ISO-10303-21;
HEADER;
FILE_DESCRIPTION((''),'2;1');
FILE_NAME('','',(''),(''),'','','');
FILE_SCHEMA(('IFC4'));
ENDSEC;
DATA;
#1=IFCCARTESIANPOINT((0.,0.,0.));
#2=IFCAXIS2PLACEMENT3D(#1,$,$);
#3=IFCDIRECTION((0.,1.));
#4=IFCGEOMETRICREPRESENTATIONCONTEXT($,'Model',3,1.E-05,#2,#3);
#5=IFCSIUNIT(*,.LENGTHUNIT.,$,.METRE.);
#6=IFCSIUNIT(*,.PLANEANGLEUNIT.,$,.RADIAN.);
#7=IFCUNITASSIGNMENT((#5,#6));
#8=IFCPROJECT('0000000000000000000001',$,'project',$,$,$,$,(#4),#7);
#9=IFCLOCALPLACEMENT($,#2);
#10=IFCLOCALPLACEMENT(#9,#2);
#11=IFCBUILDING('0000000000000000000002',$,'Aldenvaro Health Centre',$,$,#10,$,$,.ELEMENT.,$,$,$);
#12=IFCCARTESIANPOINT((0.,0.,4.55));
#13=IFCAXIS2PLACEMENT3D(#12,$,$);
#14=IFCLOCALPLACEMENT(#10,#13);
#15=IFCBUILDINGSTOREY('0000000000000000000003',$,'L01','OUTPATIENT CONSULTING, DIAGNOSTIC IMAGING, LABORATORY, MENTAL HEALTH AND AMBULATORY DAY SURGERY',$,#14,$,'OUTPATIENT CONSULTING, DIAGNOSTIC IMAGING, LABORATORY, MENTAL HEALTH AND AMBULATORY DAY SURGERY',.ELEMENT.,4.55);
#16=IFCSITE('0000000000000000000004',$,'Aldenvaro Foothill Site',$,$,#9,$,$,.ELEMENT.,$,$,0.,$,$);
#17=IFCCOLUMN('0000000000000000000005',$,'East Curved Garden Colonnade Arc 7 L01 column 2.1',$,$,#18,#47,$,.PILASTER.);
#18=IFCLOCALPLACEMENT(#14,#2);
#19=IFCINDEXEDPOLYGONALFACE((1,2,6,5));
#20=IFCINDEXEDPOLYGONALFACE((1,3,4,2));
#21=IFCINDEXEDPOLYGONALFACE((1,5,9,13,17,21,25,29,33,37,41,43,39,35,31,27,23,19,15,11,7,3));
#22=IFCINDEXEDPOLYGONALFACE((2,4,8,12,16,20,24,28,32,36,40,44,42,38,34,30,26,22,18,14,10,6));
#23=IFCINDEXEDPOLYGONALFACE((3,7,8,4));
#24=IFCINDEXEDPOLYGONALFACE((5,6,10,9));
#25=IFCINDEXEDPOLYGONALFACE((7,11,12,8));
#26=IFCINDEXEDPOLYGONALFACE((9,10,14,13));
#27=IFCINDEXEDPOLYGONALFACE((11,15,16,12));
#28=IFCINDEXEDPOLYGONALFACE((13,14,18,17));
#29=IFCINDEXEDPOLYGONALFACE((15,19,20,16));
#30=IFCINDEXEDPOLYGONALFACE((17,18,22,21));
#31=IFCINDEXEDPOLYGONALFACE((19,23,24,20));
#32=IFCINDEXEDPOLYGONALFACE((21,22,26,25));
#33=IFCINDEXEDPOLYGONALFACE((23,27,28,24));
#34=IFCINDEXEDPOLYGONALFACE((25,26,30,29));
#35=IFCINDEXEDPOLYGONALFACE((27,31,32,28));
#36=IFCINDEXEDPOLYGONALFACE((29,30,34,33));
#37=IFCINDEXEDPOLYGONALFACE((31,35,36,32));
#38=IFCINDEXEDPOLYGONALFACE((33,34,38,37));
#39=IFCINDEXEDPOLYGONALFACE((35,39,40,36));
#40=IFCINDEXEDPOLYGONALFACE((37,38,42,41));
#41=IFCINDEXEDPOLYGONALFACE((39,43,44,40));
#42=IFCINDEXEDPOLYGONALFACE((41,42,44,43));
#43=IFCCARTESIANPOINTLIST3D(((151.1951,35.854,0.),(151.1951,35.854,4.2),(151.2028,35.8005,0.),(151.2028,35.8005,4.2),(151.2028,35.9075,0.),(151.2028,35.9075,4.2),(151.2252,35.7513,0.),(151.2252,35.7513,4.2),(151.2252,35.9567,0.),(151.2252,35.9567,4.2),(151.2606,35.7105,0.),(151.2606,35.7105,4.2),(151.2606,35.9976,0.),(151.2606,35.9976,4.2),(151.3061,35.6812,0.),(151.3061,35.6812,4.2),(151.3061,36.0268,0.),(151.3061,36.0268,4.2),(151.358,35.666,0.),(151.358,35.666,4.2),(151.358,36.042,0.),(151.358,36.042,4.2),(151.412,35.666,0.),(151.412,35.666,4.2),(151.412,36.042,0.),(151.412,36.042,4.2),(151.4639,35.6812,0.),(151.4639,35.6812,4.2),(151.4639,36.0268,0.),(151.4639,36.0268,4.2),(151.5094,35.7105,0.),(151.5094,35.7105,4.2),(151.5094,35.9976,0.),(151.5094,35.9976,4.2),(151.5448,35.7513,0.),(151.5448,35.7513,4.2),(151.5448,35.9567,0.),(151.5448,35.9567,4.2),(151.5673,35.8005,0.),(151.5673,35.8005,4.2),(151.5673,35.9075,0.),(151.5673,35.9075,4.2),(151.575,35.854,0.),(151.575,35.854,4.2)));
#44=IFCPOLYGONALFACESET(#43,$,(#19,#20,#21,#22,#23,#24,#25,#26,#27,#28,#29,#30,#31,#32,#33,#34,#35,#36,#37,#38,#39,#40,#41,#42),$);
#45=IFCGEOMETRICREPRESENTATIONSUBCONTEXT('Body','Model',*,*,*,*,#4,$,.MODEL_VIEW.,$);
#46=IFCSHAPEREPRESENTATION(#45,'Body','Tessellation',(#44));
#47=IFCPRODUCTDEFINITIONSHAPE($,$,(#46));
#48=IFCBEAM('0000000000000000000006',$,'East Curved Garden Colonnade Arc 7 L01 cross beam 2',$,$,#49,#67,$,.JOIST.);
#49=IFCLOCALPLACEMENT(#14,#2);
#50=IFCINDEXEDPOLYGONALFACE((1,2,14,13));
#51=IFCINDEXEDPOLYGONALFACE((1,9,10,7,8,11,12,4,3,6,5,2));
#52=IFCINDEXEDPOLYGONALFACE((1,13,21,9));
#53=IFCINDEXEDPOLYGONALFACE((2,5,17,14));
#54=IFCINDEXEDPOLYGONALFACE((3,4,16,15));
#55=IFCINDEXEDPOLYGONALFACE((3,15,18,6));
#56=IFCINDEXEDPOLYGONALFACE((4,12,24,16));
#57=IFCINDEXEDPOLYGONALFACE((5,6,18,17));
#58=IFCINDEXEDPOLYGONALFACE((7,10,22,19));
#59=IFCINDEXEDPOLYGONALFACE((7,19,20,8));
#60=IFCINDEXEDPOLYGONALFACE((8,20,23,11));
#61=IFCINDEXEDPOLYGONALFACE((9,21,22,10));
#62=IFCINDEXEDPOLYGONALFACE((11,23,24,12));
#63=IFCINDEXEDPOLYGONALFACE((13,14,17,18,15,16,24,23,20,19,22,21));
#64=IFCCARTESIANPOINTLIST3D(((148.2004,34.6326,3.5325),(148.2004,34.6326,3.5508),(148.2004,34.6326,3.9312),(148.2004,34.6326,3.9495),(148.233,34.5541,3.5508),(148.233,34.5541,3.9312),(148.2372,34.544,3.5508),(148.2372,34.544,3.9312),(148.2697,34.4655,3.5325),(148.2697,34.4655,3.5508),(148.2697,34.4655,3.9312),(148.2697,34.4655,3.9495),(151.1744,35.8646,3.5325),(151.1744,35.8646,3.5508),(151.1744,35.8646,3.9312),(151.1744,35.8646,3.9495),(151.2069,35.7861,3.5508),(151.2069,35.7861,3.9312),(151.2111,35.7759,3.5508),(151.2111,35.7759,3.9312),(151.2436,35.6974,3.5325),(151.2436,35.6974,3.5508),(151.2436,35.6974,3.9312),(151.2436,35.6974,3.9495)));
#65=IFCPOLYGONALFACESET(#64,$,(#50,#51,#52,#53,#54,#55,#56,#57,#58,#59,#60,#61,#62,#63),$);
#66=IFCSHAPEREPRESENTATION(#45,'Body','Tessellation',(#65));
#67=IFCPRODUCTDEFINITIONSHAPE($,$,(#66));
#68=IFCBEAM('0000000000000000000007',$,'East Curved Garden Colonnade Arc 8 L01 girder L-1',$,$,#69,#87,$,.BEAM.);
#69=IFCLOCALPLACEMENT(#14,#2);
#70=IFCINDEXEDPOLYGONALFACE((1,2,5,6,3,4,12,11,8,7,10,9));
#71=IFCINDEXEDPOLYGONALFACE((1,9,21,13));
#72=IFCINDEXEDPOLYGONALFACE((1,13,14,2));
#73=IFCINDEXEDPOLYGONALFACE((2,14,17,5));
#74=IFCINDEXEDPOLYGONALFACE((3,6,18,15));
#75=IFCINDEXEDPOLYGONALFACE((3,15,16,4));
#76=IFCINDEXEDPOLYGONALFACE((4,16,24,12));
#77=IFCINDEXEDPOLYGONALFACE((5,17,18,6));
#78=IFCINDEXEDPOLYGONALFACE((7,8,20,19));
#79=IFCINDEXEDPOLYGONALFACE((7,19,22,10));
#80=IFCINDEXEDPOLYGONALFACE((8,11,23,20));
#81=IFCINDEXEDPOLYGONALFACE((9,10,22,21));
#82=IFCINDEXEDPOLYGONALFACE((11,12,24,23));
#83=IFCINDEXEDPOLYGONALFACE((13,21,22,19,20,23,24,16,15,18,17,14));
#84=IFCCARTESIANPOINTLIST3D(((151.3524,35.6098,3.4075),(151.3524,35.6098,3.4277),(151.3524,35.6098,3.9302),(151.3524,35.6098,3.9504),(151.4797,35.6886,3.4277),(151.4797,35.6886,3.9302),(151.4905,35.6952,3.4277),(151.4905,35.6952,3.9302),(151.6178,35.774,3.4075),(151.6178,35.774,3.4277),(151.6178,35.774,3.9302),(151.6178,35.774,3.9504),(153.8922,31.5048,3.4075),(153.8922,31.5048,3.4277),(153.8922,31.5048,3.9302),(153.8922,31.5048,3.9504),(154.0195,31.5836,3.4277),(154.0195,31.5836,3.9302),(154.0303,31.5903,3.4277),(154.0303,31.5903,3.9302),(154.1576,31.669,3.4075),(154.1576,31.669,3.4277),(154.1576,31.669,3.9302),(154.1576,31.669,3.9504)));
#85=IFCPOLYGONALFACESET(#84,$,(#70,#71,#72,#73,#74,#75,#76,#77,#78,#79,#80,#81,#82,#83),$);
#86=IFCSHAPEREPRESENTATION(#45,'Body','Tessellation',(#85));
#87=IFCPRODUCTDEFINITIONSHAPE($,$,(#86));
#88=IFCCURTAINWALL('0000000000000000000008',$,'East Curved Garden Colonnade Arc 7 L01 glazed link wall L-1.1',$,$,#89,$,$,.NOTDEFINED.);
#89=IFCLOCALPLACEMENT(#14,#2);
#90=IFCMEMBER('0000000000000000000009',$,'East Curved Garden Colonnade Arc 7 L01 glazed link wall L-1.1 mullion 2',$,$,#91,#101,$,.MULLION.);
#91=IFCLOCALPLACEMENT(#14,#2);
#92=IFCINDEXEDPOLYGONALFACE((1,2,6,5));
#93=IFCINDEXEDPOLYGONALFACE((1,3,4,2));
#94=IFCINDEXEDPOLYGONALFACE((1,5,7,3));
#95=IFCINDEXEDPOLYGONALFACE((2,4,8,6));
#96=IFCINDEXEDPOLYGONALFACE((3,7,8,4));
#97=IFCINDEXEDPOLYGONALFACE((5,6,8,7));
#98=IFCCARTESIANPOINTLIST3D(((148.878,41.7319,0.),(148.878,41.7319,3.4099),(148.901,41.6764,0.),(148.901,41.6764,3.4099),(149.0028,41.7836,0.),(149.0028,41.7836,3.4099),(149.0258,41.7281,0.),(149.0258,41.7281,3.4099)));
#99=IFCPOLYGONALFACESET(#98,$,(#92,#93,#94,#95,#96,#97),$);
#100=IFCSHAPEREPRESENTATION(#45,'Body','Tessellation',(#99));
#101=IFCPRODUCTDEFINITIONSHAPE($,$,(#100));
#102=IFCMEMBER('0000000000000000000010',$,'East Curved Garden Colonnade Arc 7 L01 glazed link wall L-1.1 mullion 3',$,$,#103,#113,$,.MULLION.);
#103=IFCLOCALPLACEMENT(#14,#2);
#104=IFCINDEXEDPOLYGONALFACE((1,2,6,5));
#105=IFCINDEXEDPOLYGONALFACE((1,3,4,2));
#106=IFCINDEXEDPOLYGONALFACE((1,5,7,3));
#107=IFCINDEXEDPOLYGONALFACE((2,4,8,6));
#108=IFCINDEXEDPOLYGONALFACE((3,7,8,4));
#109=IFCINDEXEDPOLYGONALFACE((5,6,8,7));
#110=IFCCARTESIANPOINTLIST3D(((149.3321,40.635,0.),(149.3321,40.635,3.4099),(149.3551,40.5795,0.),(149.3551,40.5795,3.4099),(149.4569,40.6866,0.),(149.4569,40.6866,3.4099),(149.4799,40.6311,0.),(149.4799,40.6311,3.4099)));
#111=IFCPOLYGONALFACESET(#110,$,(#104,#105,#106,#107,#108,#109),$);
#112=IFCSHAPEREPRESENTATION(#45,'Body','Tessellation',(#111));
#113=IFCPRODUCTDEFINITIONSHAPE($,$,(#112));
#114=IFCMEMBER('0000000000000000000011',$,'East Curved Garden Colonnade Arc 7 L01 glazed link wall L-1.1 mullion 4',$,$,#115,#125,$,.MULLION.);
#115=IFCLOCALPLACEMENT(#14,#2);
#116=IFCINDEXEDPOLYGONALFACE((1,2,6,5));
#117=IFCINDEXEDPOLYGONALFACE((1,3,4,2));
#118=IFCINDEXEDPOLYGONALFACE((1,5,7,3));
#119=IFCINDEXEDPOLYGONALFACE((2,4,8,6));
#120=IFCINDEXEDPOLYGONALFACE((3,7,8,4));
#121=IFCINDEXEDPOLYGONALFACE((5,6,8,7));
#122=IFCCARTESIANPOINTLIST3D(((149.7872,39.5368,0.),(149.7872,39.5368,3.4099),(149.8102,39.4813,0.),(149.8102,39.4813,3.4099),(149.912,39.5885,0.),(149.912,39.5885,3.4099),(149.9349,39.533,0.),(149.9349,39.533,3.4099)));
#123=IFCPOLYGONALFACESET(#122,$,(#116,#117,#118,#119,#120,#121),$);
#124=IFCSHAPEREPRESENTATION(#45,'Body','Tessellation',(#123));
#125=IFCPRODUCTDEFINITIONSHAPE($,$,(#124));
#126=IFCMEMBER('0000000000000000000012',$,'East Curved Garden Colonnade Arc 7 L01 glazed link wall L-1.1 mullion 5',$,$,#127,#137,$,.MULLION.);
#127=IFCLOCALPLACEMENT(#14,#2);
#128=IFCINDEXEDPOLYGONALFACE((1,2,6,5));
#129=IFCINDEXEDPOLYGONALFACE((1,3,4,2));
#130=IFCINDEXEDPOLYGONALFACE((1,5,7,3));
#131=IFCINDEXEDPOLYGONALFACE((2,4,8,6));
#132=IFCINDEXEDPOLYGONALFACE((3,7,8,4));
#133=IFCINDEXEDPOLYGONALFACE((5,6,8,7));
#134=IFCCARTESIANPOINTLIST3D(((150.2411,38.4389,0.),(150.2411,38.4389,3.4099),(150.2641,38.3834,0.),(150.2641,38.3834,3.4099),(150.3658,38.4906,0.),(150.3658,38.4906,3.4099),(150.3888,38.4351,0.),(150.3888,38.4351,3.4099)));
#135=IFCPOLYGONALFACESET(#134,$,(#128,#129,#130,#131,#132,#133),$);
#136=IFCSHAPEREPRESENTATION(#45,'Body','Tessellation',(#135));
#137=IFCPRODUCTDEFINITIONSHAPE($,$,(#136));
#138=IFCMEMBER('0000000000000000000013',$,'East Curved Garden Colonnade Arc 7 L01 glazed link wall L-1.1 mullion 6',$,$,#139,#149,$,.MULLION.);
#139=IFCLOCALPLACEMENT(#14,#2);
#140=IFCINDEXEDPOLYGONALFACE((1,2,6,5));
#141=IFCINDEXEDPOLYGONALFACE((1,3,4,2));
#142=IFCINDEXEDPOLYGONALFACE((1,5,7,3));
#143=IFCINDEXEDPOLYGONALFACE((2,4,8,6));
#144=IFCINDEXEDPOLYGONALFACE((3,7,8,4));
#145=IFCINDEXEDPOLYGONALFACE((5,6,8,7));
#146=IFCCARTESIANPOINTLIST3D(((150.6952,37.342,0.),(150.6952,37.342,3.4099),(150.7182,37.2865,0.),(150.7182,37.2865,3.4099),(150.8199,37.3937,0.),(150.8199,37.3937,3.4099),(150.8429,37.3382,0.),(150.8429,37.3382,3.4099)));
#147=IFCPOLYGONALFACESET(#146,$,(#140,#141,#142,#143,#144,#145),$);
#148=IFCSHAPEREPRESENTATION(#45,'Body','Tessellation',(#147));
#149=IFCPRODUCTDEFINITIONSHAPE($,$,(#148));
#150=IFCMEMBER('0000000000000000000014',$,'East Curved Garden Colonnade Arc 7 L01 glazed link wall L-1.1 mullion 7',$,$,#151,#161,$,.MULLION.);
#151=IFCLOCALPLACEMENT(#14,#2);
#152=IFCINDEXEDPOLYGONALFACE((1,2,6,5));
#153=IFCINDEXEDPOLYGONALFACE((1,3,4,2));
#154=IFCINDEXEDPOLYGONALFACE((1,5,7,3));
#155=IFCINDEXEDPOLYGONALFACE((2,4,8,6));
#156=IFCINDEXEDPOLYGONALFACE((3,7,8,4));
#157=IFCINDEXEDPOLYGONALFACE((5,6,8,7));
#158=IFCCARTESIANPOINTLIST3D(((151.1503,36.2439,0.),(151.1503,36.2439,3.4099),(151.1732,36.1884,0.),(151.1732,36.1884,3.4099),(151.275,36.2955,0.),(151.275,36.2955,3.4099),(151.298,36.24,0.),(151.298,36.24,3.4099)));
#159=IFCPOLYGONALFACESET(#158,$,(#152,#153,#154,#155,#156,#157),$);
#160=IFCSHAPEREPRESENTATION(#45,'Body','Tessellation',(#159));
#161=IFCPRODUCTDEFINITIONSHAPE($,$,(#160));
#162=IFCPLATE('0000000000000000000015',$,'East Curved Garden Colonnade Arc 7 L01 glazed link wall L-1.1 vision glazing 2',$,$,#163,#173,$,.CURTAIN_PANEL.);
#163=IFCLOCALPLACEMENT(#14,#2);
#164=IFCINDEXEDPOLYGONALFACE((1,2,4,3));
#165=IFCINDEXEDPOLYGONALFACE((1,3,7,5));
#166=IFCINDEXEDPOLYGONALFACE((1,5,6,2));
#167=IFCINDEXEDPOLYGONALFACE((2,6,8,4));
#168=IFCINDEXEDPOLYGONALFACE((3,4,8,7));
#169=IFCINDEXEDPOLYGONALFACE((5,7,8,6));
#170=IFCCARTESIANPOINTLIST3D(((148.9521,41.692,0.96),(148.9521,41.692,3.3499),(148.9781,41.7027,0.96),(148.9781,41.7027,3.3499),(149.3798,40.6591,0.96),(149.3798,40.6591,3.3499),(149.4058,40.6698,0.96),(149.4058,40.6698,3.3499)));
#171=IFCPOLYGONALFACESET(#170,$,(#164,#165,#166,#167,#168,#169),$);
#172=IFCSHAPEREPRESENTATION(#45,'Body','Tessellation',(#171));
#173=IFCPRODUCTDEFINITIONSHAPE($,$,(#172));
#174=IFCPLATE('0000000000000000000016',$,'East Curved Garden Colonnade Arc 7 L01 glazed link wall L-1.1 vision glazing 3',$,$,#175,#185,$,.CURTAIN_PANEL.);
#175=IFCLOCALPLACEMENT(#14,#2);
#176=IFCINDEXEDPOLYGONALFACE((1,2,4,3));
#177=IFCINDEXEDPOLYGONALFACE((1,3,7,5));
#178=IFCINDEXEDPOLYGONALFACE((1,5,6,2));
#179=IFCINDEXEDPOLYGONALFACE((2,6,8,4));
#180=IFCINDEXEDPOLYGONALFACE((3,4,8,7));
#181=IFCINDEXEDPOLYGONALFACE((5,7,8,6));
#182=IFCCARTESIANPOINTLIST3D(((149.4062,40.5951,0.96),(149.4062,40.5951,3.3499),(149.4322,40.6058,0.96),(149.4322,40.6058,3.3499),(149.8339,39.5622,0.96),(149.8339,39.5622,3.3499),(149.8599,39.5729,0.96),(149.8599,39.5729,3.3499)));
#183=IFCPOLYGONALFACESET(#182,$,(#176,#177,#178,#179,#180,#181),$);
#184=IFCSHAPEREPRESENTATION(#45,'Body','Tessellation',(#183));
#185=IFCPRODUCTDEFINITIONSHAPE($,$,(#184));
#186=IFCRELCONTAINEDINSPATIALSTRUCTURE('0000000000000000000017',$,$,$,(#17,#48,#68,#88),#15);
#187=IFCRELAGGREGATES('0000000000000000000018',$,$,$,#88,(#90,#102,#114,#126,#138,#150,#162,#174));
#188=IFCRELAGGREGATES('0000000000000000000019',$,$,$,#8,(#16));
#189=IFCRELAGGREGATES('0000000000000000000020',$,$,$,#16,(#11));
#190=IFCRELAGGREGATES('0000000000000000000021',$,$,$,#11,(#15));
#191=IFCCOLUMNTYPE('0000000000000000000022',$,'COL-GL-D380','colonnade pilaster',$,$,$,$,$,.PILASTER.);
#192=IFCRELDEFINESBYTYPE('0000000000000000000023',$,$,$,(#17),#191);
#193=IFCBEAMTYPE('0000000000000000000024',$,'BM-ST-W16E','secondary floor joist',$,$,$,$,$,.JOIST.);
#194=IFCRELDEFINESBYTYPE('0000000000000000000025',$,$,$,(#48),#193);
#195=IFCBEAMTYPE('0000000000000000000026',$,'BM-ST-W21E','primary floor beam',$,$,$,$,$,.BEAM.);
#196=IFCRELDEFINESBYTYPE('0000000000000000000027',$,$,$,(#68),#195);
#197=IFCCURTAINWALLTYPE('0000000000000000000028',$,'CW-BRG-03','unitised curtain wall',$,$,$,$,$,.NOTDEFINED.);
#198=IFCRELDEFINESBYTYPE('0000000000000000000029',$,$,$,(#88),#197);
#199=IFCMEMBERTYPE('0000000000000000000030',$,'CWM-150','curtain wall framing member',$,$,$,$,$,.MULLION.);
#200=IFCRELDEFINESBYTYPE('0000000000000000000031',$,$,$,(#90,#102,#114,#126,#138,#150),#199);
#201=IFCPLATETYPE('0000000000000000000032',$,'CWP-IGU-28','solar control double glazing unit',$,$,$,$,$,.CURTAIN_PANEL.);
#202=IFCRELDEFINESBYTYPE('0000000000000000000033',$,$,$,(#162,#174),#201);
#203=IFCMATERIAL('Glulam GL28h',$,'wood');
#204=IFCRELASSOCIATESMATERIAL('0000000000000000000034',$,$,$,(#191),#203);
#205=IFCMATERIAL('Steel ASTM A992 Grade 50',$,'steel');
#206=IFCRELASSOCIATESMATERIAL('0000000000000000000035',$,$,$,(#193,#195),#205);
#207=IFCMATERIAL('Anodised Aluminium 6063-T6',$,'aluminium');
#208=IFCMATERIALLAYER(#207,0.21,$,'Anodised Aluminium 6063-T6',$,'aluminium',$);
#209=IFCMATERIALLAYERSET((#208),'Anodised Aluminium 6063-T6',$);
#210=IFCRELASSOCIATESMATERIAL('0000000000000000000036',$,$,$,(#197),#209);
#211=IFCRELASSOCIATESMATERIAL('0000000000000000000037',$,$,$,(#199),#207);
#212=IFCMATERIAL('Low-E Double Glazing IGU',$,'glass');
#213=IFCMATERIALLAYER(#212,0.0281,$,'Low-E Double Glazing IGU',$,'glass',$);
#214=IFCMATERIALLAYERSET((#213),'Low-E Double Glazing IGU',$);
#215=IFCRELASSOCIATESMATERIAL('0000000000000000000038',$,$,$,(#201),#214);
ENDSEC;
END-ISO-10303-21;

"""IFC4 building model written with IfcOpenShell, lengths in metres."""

from ifc_helpers import new_model, si_unit, direction, frame, origin, origin_2d, place, context, subcontext, project, spatial, rectangle, circle, i_section, extrude, material, layer, layer_set, material_profile, profile_set, type_object, element, aggregate, save


model = new_model("IFC4")

# Units and contexts
model_context = context("Model", 3, precision=1e-05, world=origin(), true_north=direction((0.0, 1.0)))
body_context = subcontext(model_context, "Body", "Model", "MODEL_VIEW")
ifc_project = project(units=[si_unit("LENGTHUNIT", "METRE"), si_unit("PLANEANGLEUNIT", "RADIAN")], contexts=[model_context])

# Site, building, storey
site_placement = place(None, origin())
site = spatial("IfcSite", under=ifc_project, at=site_placement, Name="Aldenvaro Foothill Site", CompositionType="ELEMENT", RefElevation=0.0)
building_placement = place(site_placement, origin())
building = spatial("IfcBuilding", under=site, at=building_placement, Name="Aldenvaro Health Centre", CompositionType="ELEMENT")
storey_placement = place(building_placement, frame((0.0, 0.0, 4.55)))
storey = spatial("IfcBuildingStorey", under=building, at=storey_placement, Name="L01", Description="OUTPATIENT CONSULTING, DIAGNOSTIC IMAGING, LABORATORY, MENTAL HEALTH AND AMBULATORY DAY SURGERY", LongName="OUTPATIENT CONSULTING, DIAGNOSTIC IMAGING, LABORATORY, MENTAL HEALTH AND AMBULATORY DAY SURGERY", CompositionType="ELEMENT", Elevation=4.55)

# Column
ifc_material_1 = material(Name="Glulam GL28h", Category="wood")
ifc_material_profile_1 = material_profile(ifc_material_1, circle(Radius=0.1899, at=origin_2d()), Name="GL D380", Category="wood")
ifc_profile_set_1 = profile_set([ifc_material_profile_1], Name="Glulam GL28h")
column_type = type_object("IfcColumnType", Name="COL-GL-D380", Description="colonnade pilaster", PredefinedType="PILASTER", material=ifc_profile_set_1)
column_placement = place(storey_placement, frame((151.385, 35.854, 0.0), z_axis=(0.0, 0.0, 1.0), x_axis=(1.0, 0.0, 0.0)))
element("IfcColumn", 1, at=column_placement, inside=storey, type_object=column_type, Name="East Curved Garden Colonnade Arc 7 L01 column 2.1", PredefinedType="PILASTER", context=body_context, shape_type="SweptSolid", body=[
    extrude(circle(Radius=0.1899, at=origin_2d()), origin(), (0.0, 0.0, 1.0), 4.2),
])

# Beams
ifc_material_2 = material(Name="Steel ASTM A992 Grade 50", Category="steel")
ifc_material_profile_2 = material_profile(ifc_material_2, i_section(OverallWidth=0.1809, OverallDepth=0.417, WebThickness=0.011, FlangeThickness=0.0183, at=origin_2d()), Name="W16X57", Category="steel")
ifc_profile_set_2 = profile_set([ifc_material_profile_2], Name="Steel ASTM A992 Grade 50")
beam_type_1 = type_object("IfcBeamType", Name="BM-ST-W16E", Description="secondary floor joist", PredefinedType="JOIST", material=ifc_profile_set_2)
beam_1_placement = place(storey_placement, frame((151.209, 35.781, 3.741), z_axis=(-0.923867, -0.382714, 0.0), x_axis=(0.382714, -0.923867, 0.0)))
element("IfcBeam", 2, at=beam_1_placement, inside=storey, type_object=beam_type_1, Name="East Curved Garden Colonnade Arc 7 L01 cross beam 2", PredefinedType="JOIST", context=body_context, shape_type="SweptSolid", body=[
    extrude(i_section(OverallWidth=0.1809, OverallDepth=0.417, WebThickness=0.011, FlangeThickness=0.0183, at=origin_2d()), origin(), (0.0, 0.0, 1.0), 3.219),
])
ifc_material_profile_3 = material_profile(ifc_material_2, i_section(OverallWidth=0.312, OverallDepth=0.543, WebThickness=0.0127, FlangeThickness=0.0203, at=origin_2d()), Name="W21X101", Category="steel")
ifc_profile_set_3 = profile_set([ifc_material_profile_3], Name="Steel ASTM A992 Grade 50")
beam_type_2 = type_object("IfcBeamType", Name="BM-ST-W21E", Description="primary floor beam", PredefinedType="BEAM", material=ifc_profile_set_3)
beam_2_placement = place(storey_placement, frame((151.4851, 35.6919, 3.679), z_axis=(0.526147, -0.850393, 0.0), x_axis=(0.850393, 0.526147, 0.0)))
element("IfcBeam", 3, at=beam_2_placement, inside=storey, type_object=beam_type_2, Name="East Curved Garden Colonnade Arc 8 L01 girder L-1", PredefinedType="BEAM", context=body_context, shape_type="SweptSolid", body=[
    extrude(i_section(OverallWidth=0.312, OverallDepth=0.543, WebThickness=0.0127, FlangeThickness=0.0203, at=origin_2d()), origin(), (0.0, 0.0, 1.0), 4.8271),
])

# Curtain wall, members, plates
ifc_material_3 = material(Name="Anodised Aluminium 6063-T6", Category="aluminium")
ifc_layer_1 = layer(ifc_material_3, 0.21, Name="Anodised Aluminium 6063-T6", Category="aluminium")
ifc_layer_set_1 = layer_set([ifc_layer_1], Name="Anodised Aluminium 6063-T6")
curtain_wall_type = type_object("IfcCurtainWallType", Name="CW-BRG-03", Description="unitised curtain wall", PredefinedType="NOTDEFINED", material=ifc_layer_set_1)
curtain_wall_placement = place(storey_placement, origin())
curtain_wall = element("IfcCurtainWall", 4, at=curtain_wall_placement, inside=storey, type_object=curtain_wall_type, Name="East Curved Garden Colonnade Arc 7 L01 glazed link wall L-1.1", PredefinedType="NOTDEFINED")
ifc_material_profile_4 = material_profile(ifc_material_3, rectangle(XDim=0.0601, YDim=0.135, at=origin_2d()), Name="ALU 60x135", Category="aluminium")
ifc_profile_set_4 = profile_set([ifc_material_profile_4], Name="Anodised Aluminium 6063-T6")
member_type = type_object("IfcMemberType", Name="CWM-150", Description="curtain wall framing member", PredefinedType="MULLION", material=ifc_profile_set_4)
member_1_placement = place(storey_placement, frame((148.9519, 41.73, 0.0), z_axis=(0.0, 0.0, 1.0), x_axis=(0.382562, -0.92393, 0.0)))
member_1 = element("IfcMember", 5, at=member_1_placement, type_object=member_type, Name="East Curved Garden Colonnade Arc 7 L01 glazed link wall L-1.1 mullion 2", PredefinedType="MULLION", context=body_context, shape_type="SweptSolid", body=[
    extrude(rectangle(XDim=0.0601, YDim=0.135, at=origin_2d()), origin(), (0.0, 0.0, 1.0), 3.4099),
])
member_2_placement = place(storey_placement, frame((149.406, 40.6331, 0.0), z_axis=(0.0, 0.0, 1.0), x_axis=(0.382562, -0.92393, 0.0)))
member_2 = element("IfcMember", 6, at=member_2_placement, type_object=member_type, Name="East Curved Garden Colonnade Arc 7 L01 glazed link wall L-1.1 mullion 3", PredefinedType="MULLION", context=body_context, shape_type="SweptSolid", body=[
    extrude(rectangle(XDim=0.0601, YDim=0.135, at=origin_2d()), origin(), (0.0, 0.0, 1.0), 3.4099),
])
member_3_placement = place(storey_placement, frame((149.8611, 39.5349, 0.0), z_axis=(0.0, 0.0, 1.0), x_axis=(0.382562, -0.92393, 0.0)))
member_3 = element("IfcMember", 7, at=member_3_placement, type_object=member_type, Name="East Curved Garden Colonnade Arc 7 L01 glazed link wall L-1.1 mullion 4", PredefinedType="MULLION", context=body_context, shape_type="SweptSolid", body=[
    extrude(rectangle(XDim=0.0601, YDim=0.135, at=origin_2d()), origin(), (0.0, 0.0, 1.0), 3.4099),
])
member_4_placement = place(storey_placement, frame((150.3149, 38.437, 0.0), z_axis=(0.0, 0.0, 1.0), x_axis=(0.382562, -0.92393, 0.0)))
member_4 = element("IfcMember", 8, at=member_4_placement, type_object=member_type, Name="East Curved Garden Colonnade Arc 7 L01 glazed link wall L-1.1 mullion 5", PredefinedType="MULLION", context=body_context, shape_type="SweptSolid", body=[
    extrude(rectangle(XDim=0.0601, YDim=0.135, at=origin_2d()), origin(), (0.0, 0.0, 1.0), 3.4099),
])
member_5_placement = place(storey_placement, frame((150.769, 37.3401, 0.0), z_axis=(0.0, 0.0, 1.0), x_axis=(0.382562, -0.92393, 0.0)))
member_5 = element("IfcMember", 9, at=member_5_placement, type_object=member_type, Name="East Curved Garden Colonnade Arc 7 L01 glazed link wall L-1.1 mullion 6", PredefinedType="MULLION", context=body_context, shape_type="SweptSolid", body=[
    extrude(rectangle(XDim=0.0601, YDim=0.135, at=origin_2d()), origin(), (0.0, 0.0, 1.0), 3.4099),
])
member_6_placement = place(storey_placement, frame((151.2241, 36.2419, 0.0), z_axis=(0.0, 0.0, 1.0), x_axis=(0.382562, -0.92393, 0.0)))
member_6 = element("IfcMember", 10, at=member_6_placement, type_object=member_type, Name="East Curved Garden Colonnade Arc 7 L01 glazed link wall L-1.1 mullion 7", PredefinedType="MULLION", context=body_context, shape_type="SweptSolid", body=[
    extrude(rectangle(XDim=0.0601, YDim=0.135, at=origin_2d()), origin(), (0.0, 0.0, 1.0), 3.4099),
])
ifc_material_4 = material(Name="Low-E Double Glazing IGU", Category="glass")
ifc_layer_2 = layer(ifc_material_4, 0.0281, Name="Low-E Double Glazing IGU", Category="glass")
ifc_layer_set_2 = layer_set([ifc_layer_2], Name="Low-E Double Glazing IGU")
plate_type_1 = type_object("IfcPlateType", Name="CWP-IGU-28", Description="solar control double glazing unit", PredefinedType="CURTAIN_PANEL", material=ifc_layer_set_2)
plate_1_placement = place(storey_placement, frame((149.179, 41.1809, 0.96), z_axis=(0.0, 0.0, 1.0), x_axis=(0.382562, -0.92393, 0.0)))
plate_1 = element("IfcPlate", 11, at=plate_1_placement, type_object=plate_type_1, Name="East Curved Garden Colonnade Arc 7 L01 glazed link wall L-1.1 vision glazing 2", PredefinedType="CURTAIN_PANEL", context=body_context, shape_type="SweptSolid", body=[
    extrude(rectangle(XDim=1.1179, YDim=0.0281, at=origin_2d()), origin(), (0.0, 0.0, 1.0), 2.3899),
])
plate_2_placement = place(storey_placement, frame((149.6331, 40.084, 0.96), z_axis=(0.0, 0.0, 1.0), x_axis=(0.382562, -0.92393, 0.0)))
plate_2 = element("IfcPlate", 12, at=plate_2_placement, type_object=plate_type_1, Name="East Curved Garden Colonnade Arc 7 L01 glazed link wall L-1.1 vision glazing 3", PredefinedType="CURTAIN_PANEL", context=body_context, shape_type="SweptSolid", body=[
    extrude(rectangle(XDim=1.1179, YDim=0.0281, at=origin_2d()), origin(), (0.0, 0.0, 1.0), 2.3899),
])
aggregate(curtain_wall, [member_1, member_2, member_3, member_4, member_5, member_6, plate_1, plate_2])

save(model, "model.ifc")
